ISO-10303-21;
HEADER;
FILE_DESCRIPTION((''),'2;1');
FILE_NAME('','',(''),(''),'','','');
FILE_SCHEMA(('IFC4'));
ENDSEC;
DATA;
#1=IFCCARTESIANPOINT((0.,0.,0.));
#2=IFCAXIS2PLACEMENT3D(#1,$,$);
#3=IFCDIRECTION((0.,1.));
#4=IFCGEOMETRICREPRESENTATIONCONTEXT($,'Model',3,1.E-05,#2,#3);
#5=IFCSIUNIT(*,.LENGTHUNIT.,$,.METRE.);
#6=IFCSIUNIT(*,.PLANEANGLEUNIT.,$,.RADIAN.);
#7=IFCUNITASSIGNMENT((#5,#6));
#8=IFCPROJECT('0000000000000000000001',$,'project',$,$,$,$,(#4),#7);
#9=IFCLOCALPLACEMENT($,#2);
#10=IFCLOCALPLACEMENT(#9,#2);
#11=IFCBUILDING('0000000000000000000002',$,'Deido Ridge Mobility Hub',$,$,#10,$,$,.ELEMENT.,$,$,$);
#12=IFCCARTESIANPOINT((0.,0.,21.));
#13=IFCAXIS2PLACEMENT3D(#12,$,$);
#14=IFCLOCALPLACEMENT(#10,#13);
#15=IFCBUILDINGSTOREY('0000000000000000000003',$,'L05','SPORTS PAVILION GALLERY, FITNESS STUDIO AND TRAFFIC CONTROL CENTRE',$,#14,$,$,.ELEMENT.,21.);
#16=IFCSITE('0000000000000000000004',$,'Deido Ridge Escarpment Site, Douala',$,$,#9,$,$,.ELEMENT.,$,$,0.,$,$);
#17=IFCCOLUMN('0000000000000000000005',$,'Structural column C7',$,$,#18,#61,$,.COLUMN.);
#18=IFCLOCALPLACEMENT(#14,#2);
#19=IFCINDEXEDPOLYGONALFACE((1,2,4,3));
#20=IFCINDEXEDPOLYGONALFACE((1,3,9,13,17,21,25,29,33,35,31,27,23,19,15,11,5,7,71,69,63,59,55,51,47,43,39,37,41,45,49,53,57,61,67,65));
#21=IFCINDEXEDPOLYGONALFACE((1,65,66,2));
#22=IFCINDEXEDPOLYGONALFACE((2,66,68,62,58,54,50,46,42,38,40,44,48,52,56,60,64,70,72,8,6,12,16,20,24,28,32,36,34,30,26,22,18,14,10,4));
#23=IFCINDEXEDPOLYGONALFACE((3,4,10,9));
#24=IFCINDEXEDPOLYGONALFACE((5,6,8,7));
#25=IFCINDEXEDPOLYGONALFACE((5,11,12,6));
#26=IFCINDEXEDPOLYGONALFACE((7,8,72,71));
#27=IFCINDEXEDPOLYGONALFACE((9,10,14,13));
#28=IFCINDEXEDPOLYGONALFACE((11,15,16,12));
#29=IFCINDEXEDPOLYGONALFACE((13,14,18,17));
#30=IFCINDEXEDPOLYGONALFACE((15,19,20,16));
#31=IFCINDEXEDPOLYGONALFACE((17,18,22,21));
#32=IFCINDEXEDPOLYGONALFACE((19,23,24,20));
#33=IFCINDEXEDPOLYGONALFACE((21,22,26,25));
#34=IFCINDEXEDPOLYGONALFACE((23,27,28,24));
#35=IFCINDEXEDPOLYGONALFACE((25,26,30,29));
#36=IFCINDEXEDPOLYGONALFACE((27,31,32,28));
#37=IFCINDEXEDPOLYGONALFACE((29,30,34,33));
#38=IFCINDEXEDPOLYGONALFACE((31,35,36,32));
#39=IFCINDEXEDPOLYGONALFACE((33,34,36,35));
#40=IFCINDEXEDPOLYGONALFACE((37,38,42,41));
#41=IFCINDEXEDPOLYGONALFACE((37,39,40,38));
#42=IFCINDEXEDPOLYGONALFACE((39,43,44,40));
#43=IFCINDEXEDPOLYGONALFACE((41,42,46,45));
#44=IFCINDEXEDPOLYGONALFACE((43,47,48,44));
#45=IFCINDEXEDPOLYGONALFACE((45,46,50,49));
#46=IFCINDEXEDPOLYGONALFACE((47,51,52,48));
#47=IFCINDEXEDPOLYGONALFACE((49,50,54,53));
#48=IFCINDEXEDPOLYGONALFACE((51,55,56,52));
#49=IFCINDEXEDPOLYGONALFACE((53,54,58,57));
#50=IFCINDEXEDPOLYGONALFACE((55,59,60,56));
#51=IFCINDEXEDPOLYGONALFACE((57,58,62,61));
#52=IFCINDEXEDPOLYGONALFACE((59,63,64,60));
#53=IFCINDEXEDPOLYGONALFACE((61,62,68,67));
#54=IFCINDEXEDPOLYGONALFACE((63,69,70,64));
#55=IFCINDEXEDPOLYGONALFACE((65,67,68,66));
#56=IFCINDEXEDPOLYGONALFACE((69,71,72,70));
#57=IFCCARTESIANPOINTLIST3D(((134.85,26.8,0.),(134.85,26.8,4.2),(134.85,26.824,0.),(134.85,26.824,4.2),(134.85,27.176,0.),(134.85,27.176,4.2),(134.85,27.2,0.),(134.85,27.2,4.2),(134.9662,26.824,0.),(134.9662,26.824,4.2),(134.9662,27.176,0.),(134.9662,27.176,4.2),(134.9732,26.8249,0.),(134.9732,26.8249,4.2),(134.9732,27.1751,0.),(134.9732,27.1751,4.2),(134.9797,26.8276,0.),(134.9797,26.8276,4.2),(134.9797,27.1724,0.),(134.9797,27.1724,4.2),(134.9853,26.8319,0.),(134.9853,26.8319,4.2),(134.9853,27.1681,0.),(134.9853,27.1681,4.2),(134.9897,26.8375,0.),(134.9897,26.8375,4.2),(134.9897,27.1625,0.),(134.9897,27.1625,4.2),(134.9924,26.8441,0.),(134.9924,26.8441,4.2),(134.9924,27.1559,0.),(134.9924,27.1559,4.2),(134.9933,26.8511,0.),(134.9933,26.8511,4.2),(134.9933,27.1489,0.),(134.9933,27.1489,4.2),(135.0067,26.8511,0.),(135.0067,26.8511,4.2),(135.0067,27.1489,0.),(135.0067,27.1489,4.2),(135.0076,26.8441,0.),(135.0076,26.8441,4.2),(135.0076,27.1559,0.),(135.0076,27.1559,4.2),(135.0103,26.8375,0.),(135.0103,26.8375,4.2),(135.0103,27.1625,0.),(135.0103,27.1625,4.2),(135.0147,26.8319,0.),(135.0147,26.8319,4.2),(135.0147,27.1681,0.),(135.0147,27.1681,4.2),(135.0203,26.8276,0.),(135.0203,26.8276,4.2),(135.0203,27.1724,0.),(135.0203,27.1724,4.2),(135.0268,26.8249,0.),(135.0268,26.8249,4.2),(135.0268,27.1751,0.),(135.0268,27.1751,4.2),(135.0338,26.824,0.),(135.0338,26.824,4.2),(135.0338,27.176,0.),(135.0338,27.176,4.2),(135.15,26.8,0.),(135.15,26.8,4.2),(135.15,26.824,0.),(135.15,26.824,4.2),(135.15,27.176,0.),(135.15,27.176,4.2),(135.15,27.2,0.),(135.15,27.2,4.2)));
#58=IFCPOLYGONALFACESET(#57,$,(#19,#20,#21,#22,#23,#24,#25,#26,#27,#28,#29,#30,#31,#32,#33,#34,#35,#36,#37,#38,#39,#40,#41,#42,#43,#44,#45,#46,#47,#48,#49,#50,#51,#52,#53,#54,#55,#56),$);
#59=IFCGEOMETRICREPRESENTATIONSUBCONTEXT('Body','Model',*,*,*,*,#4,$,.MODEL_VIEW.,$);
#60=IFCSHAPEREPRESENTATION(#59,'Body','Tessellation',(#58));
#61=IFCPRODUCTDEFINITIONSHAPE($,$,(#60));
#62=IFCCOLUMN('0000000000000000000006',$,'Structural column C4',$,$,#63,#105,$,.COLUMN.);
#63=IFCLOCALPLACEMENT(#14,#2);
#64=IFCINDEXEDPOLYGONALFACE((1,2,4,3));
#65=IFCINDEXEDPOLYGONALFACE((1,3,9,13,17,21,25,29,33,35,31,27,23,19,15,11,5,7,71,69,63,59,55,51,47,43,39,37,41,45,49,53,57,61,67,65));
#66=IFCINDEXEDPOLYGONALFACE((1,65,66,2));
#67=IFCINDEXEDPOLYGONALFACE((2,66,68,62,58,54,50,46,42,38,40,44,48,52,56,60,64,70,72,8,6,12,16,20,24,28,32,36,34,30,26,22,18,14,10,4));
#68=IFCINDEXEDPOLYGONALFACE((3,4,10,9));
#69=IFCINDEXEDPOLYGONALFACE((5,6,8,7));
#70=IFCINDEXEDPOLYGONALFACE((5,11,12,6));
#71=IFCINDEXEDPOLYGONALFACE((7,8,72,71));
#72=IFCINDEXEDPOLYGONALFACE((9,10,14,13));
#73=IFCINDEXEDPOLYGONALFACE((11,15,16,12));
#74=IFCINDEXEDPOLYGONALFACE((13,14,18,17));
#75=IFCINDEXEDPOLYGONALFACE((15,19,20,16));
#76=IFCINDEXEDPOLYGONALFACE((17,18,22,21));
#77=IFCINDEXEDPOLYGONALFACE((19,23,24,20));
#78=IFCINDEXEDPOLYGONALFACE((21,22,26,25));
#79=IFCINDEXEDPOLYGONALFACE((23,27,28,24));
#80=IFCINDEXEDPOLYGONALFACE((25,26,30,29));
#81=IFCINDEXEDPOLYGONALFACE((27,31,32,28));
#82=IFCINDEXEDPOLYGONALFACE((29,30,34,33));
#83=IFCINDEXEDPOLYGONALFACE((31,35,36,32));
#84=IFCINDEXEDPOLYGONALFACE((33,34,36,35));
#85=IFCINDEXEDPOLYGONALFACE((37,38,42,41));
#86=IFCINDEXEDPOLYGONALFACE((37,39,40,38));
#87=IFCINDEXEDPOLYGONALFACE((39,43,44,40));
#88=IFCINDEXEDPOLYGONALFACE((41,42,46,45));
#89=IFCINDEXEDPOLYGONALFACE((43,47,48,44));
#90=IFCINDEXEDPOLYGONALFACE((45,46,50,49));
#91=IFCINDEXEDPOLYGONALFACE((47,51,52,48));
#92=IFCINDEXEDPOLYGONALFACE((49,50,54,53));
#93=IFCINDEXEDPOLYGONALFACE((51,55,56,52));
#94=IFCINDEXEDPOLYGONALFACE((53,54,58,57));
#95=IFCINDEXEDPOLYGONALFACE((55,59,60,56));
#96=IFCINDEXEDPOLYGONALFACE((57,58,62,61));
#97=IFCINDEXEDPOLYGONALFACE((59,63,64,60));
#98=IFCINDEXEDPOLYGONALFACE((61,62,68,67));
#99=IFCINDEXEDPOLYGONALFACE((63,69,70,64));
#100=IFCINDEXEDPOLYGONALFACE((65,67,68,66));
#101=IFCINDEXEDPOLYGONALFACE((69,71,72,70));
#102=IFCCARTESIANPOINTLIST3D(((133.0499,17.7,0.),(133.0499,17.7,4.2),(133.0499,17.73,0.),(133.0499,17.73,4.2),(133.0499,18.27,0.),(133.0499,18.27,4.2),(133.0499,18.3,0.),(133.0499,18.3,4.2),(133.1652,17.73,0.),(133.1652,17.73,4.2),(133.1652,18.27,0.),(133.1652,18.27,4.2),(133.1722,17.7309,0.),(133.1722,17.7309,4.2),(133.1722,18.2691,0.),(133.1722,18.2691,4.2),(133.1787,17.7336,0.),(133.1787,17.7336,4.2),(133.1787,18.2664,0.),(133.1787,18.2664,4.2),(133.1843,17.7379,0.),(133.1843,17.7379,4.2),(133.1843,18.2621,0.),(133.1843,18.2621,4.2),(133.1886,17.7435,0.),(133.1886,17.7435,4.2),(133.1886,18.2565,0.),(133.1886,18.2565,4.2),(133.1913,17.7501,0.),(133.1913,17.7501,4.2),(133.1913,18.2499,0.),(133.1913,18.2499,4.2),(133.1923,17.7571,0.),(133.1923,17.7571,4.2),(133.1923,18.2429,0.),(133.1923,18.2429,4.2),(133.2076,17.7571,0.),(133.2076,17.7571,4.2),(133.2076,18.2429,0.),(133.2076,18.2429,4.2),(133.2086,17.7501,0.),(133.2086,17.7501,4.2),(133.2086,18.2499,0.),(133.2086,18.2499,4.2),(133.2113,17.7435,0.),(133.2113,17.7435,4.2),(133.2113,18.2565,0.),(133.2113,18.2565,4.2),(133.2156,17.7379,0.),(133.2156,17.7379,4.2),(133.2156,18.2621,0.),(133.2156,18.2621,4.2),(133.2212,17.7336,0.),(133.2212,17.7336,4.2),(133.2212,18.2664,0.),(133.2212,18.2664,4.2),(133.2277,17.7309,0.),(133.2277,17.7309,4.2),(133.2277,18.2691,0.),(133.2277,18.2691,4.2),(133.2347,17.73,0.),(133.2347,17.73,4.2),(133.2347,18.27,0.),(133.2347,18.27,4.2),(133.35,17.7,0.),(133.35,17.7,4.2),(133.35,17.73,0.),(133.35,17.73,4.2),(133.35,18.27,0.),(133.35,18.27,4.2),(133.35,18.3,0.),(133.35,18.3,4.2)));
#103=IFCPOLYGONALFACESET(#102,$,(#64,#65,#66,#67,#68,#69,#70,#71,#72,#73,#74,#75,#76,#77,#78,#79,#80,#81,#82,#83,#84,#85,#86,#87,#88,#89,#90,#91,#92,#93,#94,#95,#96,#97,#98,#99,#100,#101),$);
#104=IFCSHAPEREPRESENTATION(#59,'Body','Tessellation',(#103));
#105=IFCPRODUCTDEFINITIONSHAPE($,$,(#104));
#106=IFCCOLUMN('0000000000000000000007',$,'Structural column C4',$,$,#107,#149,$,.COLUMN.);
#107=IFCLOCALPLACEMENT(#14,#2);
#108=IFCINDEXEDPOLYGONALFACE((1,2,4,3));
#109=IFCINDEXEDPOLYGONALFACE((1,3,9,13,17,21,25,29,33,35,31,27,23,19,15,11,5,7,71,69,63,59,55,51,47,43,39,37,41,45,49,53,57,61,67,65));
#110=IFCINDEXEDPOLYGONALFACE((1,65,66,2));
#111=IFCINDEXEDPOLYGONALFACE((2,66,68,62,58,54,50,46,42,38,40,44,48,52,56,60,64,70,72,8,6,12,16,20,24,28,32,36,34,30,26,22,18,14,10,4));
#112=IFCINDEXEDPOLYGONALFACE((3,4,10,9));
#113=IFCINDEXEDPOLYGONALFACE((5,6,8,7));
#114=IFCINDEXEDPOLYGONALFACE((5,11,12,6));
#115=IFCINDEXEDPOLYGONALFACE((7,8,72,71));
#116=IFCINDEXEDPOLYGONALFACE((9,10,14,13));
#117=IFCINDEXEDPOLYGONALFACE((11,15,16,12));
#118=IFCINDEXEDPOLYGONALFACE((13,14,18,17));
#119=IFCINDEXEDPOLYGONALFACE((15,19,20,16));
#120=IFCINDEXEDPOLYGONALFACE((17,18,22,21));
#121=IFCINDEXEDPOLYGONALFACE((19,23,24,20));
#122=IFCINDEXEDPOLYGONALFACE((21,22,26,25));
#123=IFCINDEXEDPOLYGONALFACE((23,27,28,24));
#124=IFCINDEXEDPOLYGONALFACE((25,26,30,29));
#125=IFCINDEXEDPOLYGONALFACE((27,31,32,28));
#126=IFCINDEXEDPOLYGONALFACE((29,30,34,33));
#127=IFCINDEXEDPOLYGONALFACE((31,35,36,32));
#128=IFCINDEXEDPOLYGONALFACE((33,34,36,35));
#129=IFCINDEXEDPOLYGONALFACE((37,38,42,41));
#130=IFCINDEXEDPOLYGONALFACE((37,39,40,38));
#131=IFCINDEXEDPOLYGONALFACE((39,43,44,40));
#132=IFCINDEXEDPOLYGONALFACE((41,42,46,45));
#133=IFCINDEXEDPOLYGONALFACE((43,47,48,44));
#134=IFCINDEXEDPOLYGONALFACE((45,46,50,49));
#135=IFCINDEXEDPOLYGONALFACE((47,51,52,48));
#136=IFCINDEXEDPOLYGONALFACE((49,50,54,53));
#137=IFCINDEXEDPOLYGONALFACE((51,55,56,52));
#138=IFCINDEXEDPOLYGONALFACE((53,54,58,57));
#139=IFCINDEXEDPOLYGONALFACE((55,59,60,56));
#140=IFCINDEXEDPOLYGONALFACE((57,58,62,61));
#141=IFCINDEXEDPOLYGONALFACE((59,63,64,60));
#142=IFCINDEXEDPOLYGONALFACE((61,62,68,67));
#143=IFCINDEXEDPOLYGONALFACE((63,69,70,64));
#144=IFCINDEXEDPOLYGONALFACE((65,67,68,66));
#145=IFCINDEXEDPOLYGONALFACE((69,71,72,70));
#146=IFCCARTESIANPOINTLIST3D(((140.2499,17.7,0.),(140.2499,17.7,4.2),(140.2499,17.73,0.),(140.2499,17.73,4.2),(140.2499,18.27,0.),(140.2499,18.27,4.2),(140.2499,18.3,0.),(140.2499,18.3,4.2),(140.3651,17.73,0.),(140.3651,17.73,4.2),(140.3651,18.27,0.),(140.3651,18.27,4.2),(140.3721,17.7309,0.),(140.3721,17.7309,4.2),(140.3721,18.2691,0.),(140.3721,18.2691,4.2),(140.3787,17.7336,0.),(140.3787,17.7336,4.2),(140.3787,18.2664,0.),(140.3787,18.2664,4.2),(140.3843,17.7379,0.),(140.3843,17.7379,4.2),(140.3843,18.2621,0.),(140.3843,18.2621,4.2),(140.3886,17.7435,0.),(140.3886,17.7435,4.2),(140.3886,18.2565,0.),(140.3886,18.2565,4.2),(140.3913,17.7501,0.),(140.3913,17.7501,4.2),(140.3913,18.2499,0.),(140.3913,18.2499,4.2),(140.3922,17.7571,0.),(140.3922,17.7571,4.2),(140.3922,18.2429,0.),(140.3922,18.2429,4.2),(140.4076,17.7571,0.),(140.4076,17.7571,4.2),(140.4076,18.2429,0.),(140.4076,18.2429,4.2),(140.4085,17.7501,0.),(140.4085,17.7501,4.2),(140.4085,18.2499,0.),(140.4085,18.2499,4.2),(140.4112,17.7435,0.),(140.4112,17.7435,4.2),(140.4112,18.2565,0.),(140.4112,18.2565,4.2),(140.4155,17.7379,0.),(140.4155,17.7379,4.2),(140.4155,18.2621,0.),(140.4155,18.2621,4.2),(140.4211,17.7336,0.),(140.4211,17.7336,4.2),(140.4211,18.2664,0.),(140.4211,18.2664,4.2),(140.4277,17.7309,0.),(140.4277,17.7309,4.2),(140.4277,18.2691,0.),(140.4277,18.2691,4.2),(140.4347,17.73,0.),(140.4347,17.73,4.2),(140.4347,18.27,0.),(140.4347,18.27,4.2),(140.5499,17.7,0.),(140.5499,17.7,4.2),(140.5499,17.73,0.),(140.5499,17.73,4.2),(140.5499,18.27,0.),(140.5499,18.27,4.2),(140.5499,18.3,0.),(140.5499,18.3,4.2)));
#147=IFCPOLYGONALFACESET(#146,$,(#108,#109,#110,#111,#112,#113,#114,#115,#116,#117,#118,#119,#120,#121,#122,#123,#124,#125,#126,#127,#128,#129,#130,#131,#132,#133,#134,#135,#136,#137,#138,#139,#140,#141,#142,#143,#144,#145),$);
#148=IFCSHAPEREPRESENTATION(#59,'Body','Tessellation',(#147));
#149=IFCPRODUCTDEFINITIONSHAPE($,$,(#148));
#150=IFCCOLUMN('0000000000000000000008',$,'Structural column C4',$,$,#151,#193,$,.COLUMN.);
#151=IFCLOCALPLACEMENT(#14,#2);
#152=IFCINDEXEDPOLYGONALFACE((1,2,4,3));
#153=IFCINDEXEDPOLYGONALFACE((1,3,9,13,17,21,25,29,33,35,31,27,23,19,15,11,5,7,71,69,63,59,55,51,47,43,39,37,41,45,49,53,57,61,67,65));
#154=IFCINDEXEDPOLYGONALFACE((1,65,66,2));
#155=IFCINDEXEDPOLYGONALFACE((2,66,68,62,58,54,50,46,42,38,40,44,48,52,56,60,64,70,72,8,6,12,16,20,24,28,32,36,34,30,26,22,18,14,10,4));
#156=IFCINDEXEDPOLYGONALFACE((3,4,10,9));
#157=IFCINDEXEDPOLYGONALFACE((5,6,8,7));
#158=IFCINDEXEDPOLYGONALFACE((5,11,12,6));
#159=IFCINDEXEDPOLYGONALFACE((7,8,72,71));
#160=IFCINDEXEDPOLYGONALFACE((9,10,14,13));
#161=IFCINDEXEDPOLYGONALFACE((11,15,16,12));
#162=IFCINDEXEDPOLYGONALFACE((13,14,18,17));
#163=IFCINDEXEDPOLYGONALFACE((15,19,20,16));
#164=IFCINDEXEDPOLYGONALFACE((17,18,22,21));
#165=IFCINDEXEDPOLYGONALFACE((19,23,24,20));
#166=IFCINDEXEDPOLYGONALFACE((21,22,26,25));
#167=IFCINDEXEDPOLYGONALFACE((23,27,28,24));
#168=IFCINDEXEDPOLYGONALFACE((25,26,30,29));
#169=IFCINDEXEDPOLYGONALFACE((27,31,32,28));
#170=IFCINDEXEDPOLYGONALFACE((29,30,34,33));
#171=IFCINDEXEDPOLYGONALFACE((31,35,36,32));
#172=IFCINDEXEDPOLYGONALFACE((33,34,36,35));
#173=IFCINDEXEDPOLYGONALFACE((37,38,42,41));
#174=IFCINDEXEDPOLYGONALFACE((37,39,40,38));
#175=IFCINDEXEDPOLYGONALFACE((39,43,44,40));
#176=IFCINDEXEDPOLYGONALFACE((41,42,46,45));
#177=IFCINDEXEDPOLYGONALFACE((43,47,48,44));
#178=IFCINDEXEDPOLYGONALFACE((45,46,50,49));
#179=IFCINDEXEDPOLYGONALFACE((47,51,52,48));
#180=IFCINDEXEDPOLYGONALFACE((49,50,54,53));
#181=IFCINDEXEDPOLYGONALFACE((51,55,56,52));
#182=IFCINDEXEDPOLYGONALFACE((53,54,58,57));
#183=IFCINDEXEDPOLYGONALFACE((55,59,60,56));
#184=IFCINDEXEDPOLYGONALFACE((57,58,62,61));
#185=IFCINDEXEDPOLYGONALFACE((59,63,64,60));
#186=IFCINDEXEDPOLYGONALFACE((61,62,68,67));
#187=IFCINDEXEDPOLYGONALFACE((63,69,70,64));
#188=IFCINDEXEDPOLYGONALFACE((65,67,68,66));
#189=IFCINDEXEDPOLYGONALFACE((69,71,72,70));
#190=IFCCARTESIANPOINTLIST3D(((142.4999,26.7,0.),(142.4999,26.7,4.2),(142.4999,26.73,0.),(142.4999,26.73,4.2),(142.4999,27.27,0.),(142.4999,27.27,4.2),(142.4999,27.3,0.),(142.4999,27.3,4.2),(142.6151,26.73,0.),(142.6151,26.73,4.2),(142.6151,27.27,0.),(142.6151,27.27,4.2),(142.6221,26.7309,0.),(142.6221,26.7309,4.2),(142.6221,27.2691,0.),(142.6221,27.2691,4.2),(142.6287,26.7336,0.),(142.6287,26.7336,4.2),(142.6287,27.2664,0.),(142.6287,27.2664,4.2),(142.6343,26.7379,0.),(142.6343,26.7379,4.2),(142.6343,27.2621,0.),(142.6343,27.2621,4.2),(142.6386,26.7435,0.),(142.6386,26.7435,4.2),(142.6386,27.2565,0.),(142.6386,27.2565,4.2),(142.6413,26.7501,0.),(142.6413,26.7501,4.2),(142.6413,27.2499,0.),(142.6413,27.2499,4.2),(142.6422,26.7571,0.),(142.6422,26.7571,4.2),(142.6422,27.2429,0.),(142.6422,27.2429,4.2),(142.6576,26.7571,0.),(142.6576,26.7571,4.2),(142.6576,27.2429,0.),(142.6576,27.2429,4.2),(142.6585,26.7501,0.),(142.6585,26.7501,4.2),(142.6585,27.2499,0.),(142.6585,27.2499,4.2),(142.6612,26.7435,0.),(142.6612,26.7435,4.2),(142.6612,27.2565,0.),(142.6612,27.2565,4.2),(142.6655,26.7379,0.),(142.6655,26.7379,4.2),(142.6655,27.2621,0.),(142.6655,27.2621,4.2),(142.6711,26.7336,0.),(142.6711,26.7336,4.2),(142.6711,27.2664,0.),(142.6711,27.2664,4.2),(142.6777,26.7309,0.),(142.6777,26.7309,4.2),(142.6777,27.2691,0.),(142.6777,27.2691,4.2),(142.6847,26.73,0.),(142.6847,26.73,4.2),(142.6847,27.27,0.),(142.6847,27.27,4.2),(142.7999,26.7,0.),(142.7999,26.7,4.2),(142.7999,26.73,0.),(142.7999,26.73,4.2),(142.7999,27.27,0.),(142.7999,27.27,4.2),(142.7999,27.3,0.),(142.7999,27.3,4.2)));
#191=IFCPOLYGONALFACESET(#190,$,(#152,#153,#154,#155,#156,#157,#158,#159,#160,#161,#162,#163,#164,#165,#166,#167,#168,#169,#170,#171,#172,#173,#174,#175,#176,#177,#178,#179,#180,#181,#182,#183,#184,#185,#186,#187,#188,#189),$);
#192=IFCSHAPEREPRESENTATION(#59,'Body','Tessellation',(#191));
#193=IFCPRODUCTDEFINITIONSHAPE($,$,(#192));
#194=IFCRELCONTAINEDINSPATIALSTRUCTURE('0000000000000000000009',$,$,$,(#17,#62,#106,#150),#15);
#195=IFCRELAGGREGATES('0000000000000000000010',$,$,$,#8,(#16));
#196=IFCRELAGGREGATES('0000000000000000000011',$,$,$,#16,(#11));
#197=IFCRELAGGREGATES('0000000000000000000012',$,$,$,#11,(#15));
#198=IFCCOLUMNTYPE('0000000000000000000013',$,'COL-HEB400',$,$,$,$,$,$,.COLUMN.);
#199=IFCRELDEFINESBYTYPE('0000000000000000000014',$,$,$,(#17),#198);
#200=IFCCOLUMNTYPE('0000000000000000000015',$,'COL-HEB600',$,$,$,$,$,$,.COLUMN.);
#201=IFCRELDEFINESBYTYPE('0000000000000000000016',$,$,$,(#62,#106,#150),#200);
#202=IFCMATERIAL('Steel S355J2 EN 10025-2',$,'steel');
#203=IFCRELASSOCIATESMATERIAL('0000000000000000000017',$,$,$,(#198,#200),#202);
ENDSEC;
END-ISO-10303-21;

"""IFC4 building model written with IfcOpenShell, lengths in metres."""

from ifc_helpers import new_model, si_unit, direction, frame, origin, origin_2d, place, context, subcontext, project, spatial, i_section, extrude, material, material_profile, profile_set, type_object, element, save


model = new_model("IFC4")

# Units and contexts
model_context = context("Model", 3, precision=1e-05, world=origin(), true_north=direction((0.0, 1.0)))
body_context = subcontext(model_context, "Body", "Model", "MODEL_VIEW")
ifc_project = project(units=[si_unit("LENGTHUNIT", "METRE"), si_unit("PLANEANGLEUNIT", "RADIAN")], contexts=[model_context])

# Site, building, storey
site_placement = place(None, origin())
site = spatial("IfcSite", under=ifc_project, at=site_placement, Name="Deido Ridge Escarpment Site, Douala", CompositionType="ELEMENT", RefElevation=0.0)
building_placement = place(site_placement, origin())
building = spatial("IfcBuilding", under=site, at=building_placement, Name="Deido Ridge Mobility Hub", CompositionType="ELEMENT")
storey_placement = place(building_placement, frame((0.0, 0.0, 21.0)))
storey = spatial("IfcBuildingStorey", under=building, at=storey_placement, Name="L05", Description="SPORTS PAVILION GALLERY, FITNESS STUDIO AND TRAFFIC CONTROL CENTRE", CompositionType="ELEMENT", Elevation=21.0)

# Columns
ifc_material_1 = material(Name="Steel S355J2 EN 10025-2", Category="steel")
ifc_material_profile_1 = material_profile(ifc_material_1, i_section(OverallWidth=0.3, OverallDepth=0.3999, WebThickness=0.0134, FlangeThickness=0.0239, FilletRadius=0.0271, at=origin_2d()), Name="HEB 400")
ifc_profile_set_1 = profile_set([ifc_material_profile_1], Name="Steel S355J2 EN 10025-2")
column_type_1 = type_object("IfcColumnType", Name="COL-HEB400", PredefinedType="COLUMN", material=ifc_profile_set_1)
for number, where, z_axis, x_axis, name in (
    (1, (135.0, 27.0, 0.0), (0.0, 0.0, 1.0), (1.0, 0.0, 0.0), "Structural column C7"),
):
    element("IfcColumn", number, at=place(storey_placement, frame(where, z_axis=z_axis, x_axis=x_axis)), inside=storey, type_object=column_type_1, Name=name, PredefinedType="COLUMN", context=body_context, shape_type="SweptSolid", body=[
        extrude(i_section(OverallWidth=0.3, OverallDepth=0.3999, WebThickness=0.0134, FlangeThickness=0.0239, FilletRadius=0.0271, at=origin_2d()), origin(), (0.0, 0.0, 1.0), 4.2),
    ])
ifc_material_profile_2 = material_profile(ifc_material_1, i_section(OverallWidth=0.3, OverallDepth=0.6001, WebThickness=0.0154, FlangeThickness=0.03, FilletRadius=0.0271, at=origin_2d()), Name="HEB 600")
ifc_profile_set_2 = profile_set([ifc_material_profile_2], Name="Steel S355J2 EN 10025-2")
column_type_2 = type_object("IfcColumnType", Name="COL-HEB600", PredefinedType="COLUMN", material=ifc_profile_set_2)
for number, where, z_axis, x_axis, name in (
    (2, (133.2, 18.0, 0.0), (0.0, 0.0, 1.0), (1.0, 0.0, 0.0), "Structural column C4"),
    (3, (140.3999, 18.0, 0.0), (0.0, 0.0, 1.0), (1.0, 0.0, 0.0), "Structural column C4"),
    (4, (142.6499, 27.0, 0.0), (0.0, 0.0, 1.0), (1.0, 0.0, 0.0), "Structural column C4"),
):
    element("IfcColumn", number, at=place(storey_placement, frame(where, z_axis=z_axis, x_axis=x_axis)), inside=storey, type_object=column_type_2, Name=name, PredefinedType="COLUMN", context=body_context, shape_type="SweptSolid", body=[
        extrude(i_section(OverallWidth=0.3, OverallDepth=0.6001, WebThickness=0.0154, FlangeThickness=0.03, FilletRadius=0.0271, at=origin_2d()), origin(), (0.0, 0.0, 1.0), 4.2),
    ])

save(model, "model.ifc")
